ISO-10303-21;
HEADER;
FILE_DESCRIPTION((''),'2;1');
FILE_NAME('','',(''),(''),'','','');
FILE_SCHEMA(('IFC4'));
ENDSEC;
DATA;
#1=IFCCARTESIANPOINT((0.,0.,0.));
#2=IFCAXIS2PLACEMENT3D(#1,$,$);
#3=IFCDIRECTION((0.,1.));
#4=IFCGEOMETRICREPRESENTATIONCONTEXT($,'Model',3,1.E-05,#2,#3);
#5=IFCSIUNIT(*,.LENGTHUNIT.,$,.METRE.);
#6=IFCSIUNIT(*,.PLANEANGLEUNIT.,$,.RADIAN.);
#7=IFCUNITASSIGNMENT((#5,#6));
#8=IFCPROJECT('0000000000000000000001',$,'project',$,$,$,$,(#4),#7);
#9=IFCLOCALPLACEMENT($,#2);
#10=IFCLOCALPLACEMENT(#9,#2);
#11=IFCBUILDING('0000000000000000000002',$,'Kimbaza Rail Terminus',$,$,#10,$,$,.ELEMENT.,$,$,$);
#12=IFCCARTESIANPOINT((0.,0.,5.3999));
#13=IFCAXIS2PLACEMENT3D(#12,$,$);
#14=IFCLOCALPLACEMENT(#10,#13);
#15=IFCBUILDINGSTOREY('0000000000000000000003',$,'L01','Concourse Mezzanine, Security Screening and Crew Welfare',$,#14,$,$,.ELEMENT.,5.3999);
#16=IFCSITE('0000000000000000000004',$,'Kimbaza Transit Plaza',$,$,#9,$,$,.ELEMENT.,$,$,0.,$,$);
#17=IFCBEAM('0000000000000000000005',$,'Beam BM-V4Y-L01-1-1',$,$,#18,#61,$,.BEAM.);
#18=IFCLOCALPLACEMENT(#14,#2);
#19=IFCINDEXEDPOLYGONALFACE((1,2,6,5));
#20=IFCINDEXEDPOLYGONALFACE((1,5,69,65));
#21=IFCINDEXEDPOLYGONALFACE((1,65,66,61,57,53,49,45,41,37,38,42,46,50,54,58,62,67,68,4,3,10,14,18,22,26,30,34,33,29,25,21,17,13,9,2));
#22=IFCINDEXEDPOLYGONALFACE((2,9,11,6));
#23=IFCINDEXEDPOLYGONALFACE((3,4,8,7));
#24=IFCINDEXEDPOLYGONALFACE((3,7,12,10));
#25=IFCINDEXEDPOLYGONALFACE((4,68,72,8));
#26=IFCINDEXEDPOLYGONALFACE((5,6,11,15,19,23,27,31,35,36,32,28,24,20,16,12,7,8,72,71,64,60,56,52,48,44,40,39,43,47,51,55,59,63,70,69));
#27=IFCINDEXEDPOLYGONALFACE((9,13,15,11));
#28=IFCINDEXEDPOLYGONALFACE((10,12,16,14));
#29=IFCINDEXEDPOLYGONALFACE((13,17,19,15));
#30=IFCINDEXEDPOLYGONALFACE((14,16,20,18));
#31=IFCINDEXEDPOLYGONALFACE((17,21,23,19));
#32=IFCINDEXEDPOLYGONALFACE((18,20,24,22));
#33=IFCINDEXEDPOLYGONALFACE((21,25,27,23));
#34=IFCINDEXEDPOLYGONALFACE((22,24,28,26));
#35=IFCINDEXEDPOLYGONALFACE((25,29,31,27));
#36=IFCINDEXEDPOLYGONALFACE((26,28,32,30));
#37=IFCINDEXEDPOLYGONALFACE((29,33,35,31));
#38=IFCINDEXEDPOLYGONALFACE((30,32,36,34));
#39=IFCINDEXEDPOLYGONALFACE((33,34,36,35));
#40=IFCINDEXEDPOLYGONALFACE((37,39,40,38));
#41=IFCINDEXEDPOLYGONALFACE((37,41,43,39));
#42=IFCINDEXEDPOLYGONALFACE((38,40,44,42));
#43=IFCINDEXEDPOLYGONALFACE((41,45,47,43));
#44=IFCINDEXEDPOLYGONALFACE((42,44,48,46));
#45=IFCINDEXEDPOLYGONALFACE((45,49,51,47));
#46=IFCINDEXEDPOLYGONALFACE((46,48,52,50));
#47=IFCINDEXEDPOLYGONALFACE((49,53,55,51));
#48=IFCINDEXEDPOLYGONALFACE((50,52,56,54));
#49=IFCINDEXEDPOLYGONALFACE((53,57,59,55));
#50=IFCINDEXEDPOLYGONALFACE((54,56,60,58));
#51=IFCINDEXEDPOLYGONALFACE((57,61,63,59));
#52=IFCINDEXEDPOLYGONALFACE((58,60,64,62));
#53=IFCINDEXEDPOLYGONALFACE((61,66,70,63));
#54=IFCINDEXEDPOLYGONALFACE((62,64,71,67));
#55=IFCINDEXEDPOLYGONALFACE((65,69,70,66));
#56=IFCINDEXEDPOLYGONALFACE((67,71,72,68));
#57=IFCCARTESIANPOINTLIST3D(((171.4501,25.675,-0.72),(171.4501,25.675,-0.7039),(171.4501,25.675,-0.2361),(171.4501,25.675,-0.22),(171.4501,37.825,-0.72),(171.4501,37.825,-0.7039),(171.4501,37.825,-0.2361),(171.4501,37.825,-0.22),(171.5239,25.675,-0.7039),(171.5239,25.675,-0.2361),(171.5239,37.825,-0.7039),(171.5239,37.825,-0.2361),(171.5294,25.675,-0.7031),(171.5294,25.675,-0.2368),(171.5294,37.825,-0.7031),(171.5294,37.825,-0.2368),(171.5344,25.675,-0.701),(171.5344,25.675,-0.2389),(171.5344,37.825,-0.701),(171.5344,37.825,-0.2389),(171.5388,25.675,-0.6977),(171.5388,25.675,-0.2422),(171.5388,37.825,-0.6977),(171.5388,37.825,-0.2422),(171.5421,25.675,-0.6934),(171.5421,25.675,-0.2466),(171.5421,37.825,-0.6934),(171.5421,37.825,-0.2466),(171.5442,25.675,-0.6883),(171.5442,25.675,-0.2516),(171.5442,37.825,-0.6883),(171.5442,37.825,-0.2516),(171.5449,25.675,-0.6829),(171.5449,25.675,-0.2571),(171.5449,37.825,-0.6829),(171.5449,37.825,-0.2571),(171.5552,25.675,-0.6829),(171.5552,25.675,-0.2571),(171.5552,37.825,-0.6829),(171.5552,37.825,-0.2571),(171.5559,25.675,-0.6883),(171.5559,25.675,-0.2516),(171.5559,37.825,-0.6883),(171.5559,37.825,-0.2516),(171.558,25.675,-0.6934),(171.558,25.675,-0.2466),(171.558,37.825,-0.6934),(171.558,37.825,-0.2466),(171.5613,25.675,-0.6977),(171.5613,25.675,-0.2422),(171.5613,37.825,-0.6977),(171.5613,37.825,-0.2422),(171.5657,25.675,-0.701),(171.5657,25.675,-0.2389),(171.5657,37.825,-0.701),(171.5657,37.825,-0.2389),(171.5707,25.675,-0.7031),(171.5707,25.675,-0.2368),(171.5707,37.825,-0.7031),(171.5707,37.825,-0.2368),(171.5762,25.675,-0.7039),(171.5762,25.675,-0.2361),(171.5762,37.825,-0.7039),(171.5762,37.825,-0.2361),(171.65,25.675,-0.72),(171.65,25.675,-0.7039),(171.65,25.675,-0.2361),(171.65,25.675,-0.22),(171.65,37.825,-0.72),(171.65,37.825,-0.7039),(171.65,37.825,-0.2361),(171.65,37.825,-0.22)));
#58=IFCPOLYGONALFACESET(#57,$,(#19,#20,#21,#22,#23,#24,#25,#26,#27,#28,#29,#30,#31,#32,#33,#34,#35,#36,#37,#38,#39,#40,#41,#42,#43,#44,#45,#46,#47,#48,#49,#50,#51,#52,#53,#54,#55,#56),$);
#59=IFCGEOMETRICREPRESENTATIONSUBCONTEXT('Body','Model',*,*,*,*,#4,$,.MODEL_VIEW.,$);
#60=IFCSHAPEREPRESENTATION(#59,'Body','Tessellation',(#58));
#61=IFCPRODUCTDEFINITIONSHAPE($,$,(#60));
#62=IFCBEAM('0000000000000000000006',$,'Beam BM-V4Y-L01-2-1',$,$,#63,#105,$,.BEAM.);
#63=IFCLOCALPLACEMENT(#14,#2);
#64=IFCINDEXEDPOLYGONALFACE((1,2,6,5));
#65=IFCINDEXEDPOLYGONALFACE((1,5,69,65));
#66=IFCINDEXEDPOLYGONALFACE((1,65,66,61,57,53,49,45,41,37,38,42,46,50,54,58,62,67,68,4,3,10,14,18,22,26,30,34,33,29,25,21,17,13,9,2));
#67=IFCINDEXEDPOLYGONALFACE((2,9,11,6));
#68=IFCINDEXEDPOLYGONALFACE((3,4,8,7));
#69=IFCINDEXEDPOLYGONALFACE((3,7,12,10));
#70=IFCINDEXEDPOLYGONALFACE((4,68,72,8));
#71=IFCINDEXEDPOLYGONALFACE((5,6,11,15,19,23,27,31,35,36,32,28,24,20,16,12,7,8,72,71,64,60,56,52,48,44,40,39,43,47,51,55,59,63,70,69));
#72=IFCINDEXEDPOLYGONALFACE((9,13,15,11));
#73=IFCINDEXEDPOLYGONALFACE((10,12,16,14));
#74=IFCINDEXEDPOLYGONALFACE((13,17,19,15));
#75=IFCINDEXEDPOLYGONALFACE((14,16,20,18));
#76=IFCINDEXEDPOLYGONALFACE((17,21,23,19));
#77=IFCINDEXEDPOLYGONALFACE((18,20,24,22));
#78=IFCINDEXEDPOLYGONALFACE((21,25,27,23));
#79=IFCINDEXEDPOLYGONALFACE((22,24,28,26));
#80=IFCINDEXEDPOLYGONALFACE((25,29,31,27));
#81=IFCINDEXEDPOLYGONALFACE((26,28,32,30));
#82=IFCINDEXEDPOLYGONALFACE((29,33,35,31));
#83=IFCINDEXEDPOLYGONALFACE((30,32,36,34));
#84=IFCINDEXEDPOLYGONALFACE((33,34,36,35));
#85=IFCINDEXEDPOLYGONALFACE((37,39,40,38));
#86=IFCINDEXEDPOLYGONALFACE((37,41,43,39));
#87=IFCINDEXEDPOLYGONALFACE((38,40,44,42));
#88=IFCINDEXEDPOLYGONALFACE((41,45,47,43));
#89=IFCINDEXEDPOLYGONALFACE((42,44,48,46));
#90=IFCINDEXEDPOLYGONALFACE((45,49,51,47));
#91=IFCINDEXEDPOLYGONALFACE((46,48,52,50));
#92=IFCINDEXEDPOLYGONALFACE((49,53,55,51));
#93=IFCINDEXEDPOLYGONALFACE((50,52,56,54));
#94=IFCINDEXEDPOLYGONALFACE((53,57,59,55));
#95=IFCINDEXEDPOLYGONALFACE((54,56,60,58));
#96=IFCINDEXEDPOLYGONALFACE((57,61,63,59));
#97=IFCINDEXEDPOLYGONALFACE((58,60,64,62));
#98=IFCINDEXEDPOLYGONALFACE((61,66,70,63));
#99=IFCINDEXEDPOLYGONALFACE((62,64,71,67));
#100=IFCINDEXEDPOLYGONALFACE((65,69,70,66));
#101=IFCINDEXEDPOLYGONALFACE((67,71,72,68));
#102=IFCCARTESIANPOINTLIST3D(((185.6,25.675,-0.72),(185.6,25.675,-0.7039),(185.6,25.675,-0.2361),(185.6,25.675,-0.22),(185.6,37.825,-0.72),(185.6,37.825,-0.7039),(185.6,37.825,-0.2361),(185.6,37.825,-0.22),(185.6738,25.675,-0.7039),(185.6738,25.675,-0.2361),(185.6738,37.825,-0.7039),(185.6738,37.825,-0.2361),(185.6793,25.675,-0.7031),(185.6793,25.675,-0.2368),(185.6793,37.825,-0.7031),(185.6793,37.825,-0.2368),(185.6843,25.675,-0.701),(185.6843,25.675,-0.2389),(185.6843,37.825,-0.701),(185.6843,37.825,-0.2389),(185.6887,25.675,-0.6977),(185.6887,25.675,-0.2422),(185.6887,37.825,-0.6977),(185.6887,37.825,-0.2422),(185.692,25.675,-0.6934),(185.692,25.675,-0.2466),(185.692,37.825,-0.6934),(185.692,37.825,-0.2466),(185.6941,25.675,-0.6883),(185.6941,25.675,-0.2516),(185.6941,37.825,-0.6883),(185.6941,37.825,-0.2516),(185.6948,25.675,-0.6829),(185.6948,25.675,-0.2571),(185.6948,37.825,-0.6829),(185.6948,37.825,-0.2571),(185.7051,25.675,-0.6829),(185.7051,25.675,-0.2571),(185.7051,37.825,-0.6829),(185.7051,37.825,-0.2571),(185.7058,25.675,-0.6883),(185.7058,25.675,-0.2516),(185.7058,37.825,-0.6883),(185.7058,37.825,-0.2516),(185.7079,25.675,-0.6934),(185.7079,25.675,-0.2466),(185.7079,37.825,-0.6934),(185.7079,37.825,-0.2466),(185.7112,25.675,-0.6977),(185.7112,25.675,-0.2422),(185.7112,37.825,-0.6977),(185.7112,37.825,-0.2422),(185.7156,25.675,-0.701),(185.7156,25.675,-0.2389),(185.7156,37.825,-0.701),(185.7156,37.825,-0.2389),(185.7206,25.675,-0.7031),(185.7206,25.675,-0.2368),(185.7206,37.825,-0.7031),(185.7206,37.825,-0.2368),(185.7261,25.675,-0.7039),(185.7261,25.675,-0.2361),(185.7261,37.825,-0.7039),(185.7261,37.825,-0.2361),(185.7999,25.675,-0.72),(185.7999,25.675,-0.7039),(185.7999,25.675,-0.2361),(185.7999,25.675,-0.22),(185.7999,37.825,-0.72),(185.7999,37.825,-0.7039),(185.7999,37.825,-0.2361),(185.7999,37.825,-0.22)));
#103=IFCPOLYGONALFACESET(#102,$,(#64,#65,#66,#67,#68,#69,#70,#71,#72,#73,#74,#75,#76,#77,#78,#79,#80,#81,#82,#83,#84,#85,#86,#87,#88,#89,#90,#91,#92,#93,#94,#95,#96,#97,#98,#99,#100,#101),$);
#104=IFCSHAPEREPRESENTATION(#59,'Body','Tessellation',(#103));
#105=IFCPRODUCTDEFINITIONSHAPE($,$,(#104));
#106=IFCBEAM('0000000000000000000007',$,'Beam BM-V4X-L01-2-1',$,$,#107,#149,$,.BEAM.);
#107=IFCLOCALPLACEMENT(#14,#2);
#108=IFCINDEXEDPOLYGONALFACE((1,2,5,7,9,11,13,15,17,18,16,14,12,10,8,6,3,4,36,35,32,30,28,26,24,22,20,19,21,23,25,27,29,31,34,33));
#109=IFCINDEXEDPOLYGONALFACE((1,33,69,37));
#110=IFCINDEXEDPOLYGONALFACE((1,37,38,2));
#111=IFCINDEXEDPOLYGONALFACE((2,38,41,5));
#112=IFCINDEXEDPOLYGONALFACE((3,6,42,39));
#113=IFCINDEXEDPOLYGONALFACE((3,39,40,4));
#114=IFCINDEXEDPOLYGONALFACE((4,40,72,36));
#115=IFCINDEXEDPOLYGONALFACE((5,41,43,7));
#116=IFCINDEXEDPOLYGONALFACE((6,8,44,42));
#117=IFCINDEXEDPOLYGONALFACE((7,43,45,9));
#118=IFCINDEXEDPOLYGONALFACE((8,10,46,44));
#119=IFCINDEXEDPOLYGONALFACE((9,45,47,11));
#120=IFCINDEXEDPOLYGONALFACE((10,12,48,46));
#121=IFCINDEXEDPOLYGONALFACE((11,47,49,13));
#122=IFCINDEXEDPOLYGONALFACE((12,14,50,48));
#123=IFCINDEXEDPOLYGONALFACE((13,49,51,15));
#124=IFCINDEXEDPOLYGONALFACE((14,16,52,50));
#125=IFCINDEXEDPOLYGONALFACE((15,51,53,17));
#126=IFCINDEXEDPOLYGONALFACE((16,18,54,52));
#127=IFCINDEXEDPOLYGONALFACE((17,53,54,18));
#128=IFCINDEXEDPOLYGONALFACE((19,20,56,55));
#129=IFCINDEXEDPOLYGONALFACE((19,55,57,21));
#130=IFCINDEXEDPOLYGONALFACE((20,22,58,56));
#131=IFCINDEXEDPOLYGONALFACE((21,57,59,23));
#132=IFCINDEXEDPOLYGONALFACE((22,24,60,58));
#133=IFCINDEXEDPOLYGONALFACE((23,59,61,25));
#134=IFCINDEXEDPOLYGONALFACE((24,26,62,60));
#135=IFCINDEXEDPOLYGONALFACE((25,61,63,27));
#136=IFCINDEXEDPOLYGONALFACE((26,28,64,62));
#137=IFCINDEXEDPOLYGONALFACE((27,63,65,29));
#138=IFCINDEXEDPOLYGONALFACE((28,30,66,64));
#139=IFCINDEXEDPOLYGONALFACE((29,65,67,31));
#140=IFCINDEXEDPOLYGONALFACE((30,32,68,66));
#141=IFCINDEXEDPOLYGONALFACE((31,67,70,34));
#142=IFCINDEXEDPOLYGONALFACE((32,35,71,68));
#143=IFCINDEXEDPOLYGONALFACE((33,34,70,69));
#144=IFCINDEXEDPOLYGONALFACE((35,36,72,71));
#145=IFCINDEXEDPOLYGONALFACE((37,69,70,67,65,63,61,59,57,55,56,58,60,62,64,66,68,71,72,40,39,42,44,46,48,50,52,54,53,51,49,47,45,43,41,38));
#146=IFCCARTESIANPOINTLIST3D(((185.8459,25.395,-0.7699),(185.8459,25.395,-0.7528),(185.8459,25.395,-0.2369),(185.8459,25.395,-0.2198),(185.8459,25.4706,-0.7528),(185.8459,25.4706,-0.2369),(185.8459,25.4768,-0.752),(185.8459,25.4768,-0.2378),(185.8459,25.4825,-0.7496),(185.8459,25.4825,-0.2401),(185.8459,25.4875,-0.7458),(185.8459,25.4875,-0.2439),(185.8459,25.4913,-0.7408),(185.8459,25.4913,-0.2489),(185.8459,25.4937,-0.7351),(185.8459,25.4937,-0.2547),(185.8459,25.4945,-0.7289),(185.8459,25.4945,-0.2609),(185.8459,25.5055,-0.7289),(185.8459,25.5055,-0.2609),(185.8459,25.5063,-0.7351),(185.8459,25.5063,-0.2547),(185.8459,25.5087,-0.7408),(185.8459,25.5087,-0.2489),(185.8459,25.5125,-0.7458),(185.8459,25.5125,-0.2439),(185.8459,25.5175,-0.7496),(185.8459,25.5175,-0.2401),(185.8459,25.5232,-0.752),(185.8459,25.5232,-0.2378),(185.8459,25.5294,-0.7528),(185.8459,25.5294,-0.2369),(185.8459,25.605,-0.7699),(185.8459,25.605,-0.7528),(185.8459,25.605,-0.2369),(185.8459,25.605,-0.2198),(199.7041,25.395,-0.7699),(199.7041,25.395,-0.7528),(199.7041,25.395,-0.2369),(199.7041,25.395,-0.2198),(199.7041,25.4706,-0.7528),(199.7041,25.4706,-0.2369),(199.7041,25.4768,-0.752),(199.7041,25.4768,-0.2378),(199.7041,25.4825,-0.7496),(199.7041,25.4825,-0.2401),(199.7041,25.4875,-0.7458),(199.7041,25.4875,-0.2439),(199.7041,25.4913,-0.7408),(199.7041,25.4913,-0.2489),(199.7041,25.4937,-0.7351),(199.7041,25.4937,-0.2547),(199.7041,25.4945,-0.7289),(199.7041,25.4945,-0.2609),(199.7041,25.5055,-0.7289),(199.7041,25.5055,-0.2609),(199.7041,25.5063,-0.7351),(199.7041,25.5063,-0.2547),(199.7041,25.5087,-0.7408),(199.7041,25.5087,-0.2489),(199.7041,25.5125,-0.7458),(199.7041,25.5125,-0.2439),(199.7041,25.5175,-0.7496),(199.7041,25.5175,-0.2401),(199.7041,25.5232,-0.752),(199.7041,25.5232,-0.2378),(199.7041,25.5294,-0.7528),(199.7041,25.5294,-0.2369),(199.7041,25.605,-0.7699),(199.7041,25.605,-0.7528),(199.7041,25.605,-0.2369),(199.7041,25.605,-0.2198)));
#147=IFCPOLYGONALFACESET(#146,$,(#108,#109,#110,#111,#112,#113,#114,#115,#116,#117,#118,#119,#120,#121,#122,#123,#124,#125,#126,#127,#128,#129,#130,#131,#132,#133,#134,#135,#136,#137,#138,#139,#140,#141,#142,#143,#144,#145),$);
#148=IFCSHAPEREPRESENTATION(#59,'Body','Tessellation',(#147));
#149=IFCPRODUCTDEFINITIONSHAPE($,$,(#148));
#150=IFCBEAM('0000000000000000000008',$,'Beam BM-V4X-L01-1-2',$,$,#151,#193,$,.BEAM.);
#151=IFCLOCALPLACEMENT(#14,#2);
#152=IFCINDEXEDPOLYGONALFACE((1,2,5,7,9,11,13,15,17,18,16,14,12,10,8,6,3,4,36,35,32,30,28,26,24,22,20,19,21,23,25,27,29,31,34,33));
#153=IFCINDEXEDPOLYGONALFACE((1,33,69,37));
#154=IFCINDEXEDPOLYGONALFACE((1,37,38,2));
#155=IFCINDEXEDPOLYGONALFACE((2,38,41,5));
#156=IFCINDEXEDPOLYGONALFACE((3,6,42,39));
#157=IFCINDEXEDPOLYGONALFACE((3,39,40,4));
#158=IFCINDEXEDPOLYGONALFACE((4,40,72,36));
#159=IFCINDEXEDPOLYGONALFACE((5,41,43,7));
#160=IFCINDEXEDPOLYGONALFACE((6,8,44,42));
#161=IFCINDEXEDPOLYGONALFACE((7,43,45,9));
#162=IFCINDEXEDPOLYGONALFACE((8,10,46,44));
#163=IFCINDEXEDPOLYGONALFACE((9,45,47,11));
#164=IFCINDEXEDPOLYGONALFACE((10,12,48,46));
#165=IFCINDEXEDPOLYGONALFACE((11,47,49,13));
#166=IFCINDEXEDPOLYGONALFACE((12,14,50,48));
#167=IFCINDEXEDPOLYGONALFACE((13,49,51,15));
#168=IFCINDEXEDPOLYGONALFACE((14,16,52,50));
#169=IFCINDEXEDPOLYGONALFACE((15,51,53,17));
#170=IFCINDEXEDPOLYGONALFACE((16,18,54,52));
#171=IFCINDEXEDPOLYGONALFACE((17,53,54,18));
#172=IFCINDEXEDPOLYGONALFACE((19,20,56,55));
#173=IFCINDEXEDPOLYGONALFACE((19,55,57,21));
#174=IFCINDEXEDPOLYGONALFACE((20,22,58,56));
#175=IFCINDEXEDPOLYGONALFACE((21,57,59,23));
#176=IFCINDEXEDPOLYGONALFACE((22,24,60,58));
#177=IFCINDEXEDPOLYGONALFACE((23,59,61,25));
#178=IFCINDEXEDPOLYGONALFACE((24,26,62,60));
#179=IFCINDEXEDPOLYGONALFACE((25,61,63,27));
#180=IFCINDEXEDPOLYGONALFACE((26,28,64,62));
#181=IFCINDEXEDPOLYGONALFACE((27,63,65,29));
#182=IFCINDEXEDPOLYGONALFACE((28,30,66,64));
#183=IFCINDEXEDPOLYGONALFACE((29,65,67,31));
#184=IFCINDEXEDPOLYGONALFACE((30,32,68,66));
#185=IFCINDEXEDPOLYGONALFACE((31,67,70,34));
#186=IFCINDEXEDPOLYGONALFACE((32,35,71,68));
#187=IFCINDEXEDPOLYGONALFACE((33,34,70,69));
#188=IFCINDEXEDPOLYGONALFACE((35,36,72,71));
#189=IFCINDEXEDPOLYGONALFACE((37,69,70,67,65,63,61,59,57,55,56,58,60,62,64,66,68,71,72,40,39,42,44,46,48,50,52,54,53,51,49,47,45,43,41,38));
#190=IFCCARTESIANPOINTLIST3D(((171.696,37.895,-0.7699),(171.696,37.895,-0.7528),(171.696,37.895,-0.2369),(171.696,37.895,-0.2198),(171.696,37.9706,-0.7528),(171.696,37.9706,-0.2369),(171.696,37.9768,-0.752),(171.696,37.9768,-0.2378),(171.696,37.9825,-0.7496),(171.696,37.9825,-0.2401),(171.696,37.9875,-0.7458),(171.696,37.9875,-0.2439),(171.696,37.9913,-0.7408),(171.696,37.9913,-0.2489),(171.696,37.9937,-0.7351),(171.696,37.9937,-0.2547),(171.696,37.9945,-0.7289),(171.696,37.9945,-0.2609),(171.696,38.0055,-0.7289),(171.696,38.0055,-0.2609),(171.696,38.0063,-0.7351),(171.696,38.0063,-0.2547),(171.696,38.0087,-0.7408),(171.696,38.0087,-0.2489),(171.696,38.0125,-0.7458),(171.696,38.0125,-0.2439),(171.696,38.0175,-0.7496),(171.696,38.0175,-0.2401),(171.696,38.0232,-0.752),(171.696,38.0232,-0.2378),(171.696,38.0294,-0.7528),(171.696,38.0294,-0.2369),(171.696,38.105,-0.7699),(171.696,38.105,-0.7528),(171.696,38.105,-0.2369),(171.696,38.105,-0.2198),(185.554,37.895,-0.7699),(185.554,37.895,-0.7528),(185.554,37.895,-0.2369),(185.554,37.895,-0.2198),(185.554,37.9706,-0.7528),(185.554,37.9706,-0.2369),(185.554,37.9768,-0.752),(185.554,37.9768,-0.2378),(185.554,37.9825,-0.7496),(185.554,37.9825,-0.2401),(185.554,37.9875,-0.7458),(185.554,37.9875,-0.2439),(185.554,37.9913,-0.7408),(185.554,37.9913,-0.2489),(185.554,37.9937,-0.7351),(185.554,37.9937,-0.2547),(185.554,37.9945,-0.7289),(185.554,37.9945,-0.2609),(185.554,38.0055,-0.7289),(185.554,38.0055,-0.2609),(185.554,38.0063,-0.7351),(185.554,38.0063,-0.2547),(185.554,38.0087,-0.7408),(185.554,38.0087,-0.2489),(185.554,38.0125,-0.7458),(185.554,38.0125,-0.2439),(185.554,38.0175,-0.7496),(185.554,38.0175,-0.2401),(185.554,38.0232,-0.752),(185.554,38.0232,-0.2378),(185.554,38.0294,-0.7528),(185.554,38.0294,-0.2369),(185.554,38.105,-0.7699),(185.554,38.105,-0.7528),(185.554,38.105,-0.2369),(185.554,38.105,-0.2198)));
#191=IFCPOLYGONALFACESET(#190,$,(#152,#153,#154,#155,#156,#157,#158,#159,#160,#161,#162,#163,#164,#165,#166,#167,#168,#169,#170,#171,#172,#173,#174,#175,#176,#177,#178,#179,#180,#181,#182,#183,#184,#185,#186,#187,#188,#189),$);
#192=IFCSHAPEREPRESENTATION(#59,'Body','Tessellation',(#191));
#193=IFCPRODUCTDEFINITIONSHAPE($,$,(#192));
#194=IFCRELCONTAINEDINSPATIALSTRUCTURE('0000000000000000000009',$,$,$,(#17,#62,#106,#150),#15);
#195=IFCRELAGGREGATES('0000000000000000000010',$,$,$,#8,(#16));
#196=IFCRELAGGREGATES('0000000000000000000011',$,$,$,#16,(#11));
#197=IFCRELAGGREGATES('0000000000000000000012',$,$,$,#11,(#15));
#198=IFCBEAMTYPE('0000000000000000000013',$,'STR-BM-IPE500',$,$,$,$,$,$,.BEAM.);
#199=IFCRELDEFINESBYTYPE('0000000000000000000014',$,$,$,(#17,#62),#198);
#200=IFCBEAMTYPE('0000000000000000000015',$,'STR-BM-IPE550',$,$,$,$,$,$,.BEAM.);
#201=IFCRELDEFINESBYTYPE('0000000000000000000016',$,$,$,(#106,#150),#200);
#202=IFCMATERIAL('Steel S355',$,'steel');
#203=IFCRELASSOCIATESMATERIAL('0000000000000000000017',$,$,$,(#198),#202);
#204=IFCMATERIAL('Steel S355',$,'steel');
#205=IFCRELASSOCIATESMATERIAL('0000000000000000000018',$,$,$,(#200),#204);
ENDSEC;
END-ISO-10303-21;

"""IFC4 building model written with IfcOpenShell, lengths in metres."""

from ifc_helpers import new_model, si_unit, direction, frame, origin, origin_2d, place, context, subcontext, project, spatial, i_section, extrude, material, material_profile, profile_set, type_object, element, save


model = new_model("IFC4")

# Units and contexts
model_context = context("Model", 3, precision=1e-05, world=origin(), true_north=direction((0.0, 1.0)))
body_context = subcontext(model_context, "Body", "Model", "MODEL_VIEW")
ifc_project = project(units=[si_unit("LENGTHUNIT", "METRE"), si_unit("PLANEANGLEUNIT", "RADIAN")], contexts=[model_context])

# Site, building, storey
site_placement = place(None, origin())
site = spatial("IfcSite", under=ifc_project, at=site_placement, Name="Kimbaza Transit Plaza", CompositionType="ELEMENT", RefElevation=0.0)
building_placement = place(site_placement, origin())
building = spatial("IfcBuilding", under=site, at=building_placement, Name="Kimbaza Rail Terminus", CompositionType="ELEMENT")
storey_placement = place(building_placement, frame((0.0, 0.0, 5.3999)))
storey = spatial("IfcBuildingStorey", under=building, at=storey_placement, Name="L01", Description="Concourse Mezzanine, Security Screening and Crew Welfare", CompositionType="ELEMENT", Elevation=5.3999)

# Beams
ifc_material_1 = material(Name="Steel S355", Category="steel")
ifc_material_profile_1 = material_profile(ifc_material_1, i_section(OverallWidth=0.2, OverallDepth=0.5, WebThickness=0.0103, FlangeThickness=0.0161, FilletRadius=0.021, at=origin_2d()), Name="IPE 500")
ifc_profile_set_1 = profile_set([ifc_material_profile_1], Name="Steel S355")
beam_type_1 = type_object("IfcBeamType", Name="STR-BM-IPE500", PredefinedType="BEAM", material=ifc_profile_set_1)
for number, where, z_axis, x_axis, name in (
    (1, (171.55, 25.675, -0.47), (0.0, 1.0, 0.0), (-1.0, 0.0, 0.0), "Beam BM-V4Y-L01-1-1"),
    (2, (185.7, 25.675, -0.47), (0.0, 1.0, 0.0), (-1.0, 0.0, 0.0), "Beam BM-V4Y-L01-2-1"),
):
    element("IfcBeam", number, at=place(storey_placement, frame(where, z_axis=z_axis, x_axis=x_axis)), inside=storey, type_object=beam_type_1, Name=name, PredefinedType="BEAM", context=body_context, shape_type="SweptSolid", body=[
        extrude(i_section(OverallWidth=0.2, OverallDepth=0.5, WebThickness=0.0103, FlangeThickness=0.0161, FilletRadius=0.021, at=origin_2d()), origin(), (0.0, 0.0, 1.0), 12.1499),
    ])
ifc_material_2 = material(Name="Steel S355", Category="steel")
ifc_material_profile_2 = material_profile(ifc_material_2, i_section(OverallWidth=0.21, OverallDepth=0.55, WebThickness=0.011, FlangeThickness=0.0171, FilletRadius=0.0239, at=origin_2d()), Name="IPE 550")
ifc_profile_set_2 = profile_set([ifc_material_profile_2], Name="Steel S355")
beam_type_2 = type_object("IfcBeamType", Name="STR-BM-IPE550", PredefinedType="BEAM", material=ifc_profile_set_2)
beam_1_placement = place(storey_placement, frame((185.8459, 25.5, -0.4949), z_axis=(1.0, 0.0, 0.0), x_axis=(0.0, 1.0, 0.0)))
element("IfcBeam", 3, at=beam_1_placement, inside=storey, type_object=beam_type_2, Name="Beam BM-V4X-L01-2-1", PredefinedType="BEAM", context=body_context, shape_type="SweptSolid", body=[
    extrude(i_section(OverallWidth=0.21, OverallDepth=0.55, WebThickness=0.011, FlangeThickness=0.0171, FilletRadius=0.0239, at=origin_2d()), origin(), (0.0, 0.0, 1.0), 13.8582),
])
beam_2_placement = place(storey_placement, frame((171.696, 38.0, -0.4949), z_axis=(1.0, 0.0, 0.0), x_axis=(0.0, 1.0, 0.0)))
element("IfcBeam", 4, at=beam_2_placement, inside=storey, type_object=beam_type_2, Name="Beam BM-V4X-L01-1-2", PredefinedType="BEAM", context=body_context, shape_type="SweptSolid", body=[
    extrude(i_section(OverallWidth=0.21, OverallDepth=0.55, WebThickness=0.011, FlangeThickness=0.0171, FilletRadius=0.0239, at=origin_2d()), origin(), (0.0, 0.0, 1.0), 13.8579),
])

save(model, "model.ifc")
